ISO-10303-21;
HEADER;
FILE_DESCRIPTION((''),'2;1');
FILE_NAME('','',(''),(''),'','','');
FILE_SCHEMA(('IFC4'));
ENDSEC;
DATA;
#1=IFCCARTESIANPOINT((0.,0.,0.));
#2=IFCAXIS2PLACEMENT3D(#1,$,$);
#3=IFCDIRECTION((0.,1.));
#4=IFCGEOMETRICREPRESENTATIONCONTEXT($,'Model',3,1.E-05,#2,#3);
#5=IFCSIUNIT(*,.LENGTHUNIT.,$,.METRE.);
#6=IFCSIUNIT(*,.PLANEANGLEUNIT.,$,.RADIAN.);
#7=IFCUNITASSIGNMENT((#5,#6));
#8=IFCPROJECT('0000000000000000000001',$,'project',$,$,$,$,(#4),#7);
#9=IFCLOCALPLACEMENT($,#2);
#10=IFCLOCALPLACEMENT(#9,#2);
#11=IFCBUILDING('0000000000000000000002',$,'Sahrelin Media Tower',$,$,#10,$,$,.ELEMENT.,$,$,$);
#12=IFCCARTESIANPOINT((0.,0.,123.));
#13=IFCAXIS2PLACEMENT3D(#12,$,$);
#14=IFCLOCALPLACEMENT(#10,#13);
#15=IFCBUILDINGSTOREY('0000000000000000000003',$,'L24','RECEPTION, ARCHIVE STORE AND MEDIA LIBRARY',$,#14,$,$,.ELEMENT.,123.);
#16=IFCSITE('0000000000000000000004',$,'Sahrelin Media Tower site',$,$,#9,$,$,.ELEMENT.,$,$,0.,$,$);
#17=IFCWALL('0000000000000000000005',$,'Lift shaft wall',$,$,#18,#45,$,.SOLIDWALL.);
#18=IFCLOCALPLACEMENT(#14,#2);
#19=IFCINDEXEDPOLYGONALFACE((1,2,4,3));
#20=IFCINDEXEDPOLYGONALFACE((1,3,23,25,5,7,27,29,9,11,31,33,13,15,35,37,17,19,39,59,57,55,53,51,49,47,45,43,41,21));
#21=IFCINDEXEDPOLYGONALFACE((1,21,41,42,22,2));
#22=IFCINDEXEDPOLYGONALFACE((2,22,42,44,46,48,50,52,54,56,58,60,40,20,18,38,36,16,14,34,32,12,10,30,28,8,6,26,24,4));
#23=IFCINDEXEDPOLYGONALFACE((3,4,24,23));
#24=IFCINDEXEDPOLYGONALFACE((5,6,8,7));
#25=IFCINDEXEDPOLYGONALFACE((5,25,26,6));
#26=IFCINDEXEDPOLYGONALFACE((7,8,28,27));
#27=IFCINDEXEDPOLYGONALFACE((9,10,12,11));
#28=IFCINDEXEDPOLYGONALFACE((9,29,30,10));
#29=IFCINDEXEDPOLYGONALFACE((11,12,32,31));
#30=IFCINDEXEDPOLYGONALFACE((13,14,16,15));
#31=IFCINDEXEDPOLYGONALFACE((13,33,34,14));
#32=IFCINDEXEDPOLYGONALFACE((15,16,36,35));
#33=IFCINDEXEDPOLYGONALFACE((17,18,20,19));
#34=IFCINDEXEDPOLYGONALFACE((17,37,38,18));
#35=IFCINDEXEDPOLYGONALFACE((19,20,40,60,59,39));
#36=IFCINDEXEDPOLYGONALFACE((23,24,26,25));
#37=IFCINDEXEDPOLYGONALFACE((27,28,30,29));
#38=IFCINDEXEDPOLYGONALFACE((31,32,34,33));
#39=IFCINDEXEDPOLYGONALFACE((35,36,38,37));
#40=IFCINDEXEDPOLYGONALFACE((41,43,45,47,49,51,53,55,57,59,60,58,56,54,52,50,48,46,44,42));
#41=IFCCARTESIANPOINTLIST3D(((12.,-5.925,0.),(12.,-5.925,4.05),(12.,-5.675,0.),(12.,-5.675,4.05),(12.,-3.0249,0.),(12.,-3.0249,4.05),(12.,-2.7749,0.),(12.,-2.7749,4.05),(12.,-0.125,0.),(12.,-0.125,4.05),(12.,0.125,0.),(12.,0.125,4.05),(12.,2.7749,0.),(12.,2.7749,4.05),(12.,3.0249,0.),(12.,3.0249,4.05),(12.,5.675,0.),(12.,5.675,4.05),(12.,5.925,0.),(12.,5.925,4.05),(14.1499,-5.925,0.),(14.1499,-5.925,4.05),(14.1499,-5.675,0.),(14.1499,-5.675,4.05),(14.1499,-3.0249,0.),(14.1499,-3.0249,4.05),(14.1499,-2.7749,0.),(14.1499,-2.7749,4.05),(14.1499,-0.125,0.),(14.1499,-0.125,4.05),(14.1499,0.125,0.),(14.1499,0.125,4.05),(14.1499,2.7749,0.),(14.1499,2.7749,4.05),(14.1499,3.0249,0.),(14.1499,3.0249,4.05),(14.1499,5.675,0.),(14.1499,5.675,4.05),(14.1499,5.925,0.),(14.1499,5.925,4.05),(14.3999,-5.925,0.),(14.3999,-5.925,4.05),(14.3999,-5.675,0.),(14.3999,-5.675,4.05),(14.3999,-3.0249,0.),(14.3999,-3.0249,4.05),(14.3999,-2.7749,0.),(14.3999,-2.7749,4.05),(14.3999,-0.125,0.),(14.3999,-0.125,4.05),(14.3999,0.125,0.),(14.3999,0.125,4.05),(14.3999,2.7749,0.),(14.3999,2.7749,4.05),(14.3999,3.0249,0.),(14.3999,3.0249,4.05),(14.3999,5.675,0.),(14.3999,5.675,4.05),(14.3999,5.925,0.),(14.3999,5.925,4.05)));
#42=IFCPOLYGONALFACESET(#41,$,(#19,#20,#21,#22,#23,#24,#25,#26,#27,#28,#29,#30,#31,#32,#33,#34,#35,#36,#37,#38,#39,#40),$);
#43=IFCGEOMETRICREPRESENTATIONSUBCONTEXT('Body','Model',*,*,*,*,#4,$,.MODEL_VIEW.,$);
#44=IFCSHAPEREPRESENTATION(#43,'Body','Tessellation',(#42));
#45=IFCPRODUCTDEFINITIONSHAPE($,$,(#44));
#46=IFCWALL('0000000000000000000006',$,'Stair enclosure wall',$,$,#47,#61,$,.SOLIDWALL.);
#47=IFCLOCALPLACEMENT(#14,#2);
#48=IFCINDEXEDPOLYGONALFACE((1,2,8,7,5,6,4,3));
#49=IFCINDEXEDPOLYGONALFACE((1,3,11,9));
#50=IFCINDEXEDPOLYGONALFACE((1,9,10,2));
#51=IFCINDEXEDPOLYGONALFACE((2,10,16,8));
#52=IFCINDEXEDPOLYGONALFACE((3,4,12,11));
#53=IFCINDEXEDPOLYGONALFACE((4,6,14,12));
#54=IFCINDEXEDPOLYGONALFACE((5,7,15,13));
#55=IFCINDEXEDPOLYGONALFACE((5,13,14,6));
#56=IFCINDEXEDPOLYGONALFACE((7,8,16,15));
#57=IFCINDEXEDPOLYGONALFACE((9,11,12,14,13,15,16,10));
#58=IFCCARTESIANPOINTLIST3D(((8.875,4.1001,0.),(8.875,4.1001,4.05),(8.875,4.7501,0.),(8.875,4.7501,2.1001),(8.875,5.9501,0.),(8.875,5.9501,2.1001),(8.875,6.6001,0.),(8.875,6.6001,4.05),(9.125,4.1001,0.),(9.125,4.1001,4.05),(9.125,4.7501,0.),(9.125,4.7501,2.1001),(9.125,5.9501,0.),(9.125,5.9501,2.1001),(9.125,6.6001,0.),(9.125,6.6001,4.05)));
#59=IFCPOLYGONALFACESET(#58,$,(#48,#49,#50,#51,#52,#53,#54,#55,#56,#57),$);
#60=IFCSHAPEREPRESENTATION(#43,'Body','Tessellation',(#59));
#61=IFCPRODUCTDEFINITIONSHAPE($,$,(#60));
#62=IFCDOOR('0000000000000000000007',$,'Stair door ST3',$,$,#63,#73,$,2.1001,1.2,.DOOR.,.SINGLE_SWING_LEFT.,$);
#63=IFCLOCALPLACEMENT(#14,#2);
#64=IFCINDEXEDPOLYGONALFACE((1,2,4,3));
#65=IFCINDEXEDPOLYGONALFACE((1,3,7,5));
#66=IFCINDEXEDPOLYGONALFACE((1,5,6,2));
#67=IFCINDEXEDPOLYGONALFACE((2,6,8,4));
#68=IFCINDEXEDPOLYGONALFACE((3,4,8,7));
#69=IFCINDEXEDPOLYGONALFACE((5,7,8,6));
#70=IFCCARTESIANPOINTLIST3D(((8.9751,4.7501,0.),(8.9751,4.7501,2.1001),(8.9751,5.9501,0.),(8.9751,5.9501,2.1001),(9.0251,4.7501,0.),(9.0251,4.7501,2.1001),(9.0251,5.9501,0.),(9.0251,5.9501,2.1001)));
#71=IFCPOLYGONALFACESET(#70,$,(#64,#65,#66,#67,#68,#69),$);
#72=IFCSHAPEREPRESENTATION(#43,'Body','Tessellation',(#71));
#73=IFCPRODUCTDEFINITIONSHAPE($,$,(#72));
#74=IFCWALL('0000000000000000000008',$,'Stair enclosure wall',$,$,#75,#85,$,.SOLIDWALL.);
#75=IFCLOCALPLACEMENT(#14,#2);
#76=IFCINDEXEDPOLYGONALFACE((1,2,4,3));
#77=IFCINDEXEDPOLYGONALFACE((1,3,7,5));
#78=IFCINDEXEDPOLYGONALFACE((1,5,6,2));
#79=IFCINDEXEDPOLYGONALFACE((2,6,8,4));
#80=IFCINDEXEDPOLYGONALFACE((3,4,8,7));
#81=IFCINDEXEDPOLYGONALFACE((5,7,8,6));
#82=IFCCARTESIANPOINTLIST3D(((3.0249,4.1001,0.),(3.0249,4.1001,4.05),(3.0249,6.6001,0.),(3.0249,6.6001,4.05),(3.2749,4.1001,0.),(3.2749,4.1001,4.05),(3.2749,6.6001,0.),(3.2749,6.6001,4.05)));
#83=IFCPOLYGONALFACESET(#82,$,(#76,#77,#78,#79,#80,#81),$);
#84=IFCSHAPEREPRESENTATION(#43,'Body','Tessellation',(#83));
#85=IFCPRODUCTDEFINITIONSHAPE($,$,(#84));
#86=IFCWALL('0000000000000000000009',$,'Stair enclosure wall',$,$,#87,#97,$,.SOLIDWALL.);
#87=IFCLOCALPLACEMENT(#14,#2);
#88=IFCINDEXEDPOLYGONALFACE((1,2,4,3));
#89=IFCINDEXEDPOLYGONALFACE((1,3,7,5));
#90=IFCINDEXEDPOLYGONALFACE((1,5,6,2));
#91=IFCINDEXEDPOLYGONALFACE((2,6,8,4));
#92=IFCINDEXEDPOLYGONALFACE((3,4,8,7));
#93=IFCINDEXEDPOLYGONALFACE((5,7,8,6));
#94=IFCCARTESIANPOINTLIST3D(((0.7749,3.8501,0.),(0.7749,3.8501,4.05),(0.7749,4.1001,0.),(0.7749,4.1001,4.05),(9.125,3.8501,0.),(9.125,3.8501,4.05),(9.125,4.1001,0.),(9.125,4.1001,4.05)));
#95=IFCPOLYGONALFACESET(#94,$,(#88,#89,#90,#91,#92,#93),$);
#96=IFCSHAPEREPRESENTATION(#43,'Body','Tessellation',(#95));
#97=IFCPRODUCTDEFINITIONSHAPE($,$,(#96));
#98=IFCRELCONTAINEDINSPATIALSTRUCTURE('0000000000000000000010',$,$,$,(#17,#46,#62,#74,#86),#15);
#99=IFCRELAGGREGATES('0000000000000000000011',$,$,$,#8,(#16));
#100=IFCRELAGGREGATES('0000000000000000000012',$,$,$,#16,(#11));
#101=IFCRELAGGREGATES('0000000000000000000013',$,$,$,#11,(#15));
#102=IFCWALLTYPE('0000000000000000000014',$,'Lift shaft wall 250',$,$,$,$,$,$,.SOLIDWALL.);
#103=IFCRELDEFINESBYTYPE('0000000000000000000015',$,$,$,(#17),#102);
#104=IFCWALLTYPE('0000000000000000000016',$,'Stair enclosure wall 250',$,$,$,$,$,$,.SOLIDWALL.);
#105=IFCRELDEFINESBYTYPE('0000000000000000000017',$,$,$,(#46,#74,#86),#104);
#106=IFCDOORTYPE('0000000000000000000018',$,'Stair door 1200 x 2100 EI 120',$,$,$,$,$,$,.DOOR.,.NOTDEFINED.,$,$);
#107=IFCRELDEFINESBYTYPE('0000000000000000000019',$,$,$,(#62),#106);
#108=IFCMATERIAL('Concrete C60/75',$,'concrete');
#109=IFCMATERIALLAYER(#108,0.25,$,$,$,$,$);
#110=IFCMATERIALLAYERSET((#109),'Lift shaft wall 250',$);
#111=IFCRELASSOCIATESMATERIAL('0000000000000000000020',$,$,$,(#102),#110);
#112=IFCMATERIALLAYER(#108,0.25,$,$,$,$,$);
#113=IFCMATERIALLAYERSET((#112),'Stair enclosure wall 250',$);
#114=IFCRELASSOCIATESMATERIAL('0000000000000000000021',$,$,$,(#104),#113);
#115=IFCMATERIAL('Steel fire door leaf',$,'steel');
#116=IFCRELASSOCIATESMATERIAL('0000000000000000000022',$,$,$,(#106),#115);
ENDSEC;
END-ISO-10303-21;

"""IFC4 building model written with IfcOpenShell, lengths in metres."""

from ifc_helpers import new_model, si_unit, direction, frame, frame_2d, origin, place, context, subcontext, project, spatial, polyline, rectangle, outline, extrude, material, layer, layer_set, type_object, element, fill, save


model = new_model("IFC4")

# Units and contexts
model_context = context("Model", 3, precision=1e-05, world=origin(), true_north=direction((0.0, 1.0)))
body_context = subcontext(model_context, "Body", "Model", "MODEL_VIEW")
ifc_project = project(units=[si_unit("LENGTHUNIT", "METRE"), si_unit("PLANEANGLEUNIT", "RADIAN")], contexts=[model_context])

# Site, building, storey
site_placement = place(None, origin())
site = spatial("IfcSite", under=ifc_project, at=site_placement, Name="Sahrelin Media Tower site", CompositionType="ELEMENT", RefElevation=0.0)
building_placement = place(site_placement, origin())
building = spatial("IfcBuilding", under=site, at=building_placement, Name="Sahrelin Media Tower", CompositionType="ELEMENT")
storey_placement = place(building_placement, frame((0.0, 0.0, 123.0)))
storey = spatial("IfcBuildingStorey", under=building, at=storey_placement, Name="L24", Description="RECEPTION, ARCHIVE STORE AND MEDIA LIBRARY", CompositionType="ELEMENT", Elevation=123.0)

# Shared definitions
placement_1 = place(storey_placement, origin())

# Shared definitions
ifc_material_1 = material(Name="Steel fire door leaf", Category="steel")

# Wall
ifc_material_2 = material(Name="Concrete C60/75", Category="concrete")
ifc_layer_1 = layer(ifc_material_2, 0.25)
ifc_layer_set_1 = layer_set([ifc_layer_1], Name="Lift shaft wall 250")
wall_type_1 = type_object("IfcWallType", Name="Lift shaft wall 250", PredefinedType="SOLIDWALL", material=ifc_layer_set_1)
element("IfcWall", 1, at=placement_1, inside=storey, type_object=wall_type_1, Name="Lift shaft wall", PredefinedType="SOLIDWALL", context=body_context, shape_type="SweptSolid", body=[
    extrude(outline(polyline([(12.0, -5.675), (12.0, -5.925), (14.1499, -5.925), (14.3999, -5.925), (14.3999, -5.675), (14.3999, -3.0249), (14.3999, -2.7749), (14.3999, -0.125), (14.3999, 0.125), (14.3999, 2.7749), (14.3999, 3.0249), (14.3999, 5.675), (14.3999, 5.925), (14.1499, 5.925), (12.0, 5.925), (12.0, 5.675), (14.1499, 5.675), (14.1499, 3.0249), (12.0, 3.0249), (12.0, 2.7749), (14.1499, 2.7749), (14.1499, 0.125), (12.0, 0.125), (12.0, -0.125), (14.1499, -0.125), (14.1499, -2.7749), (12.0, -2.7749), (12.0, -3.0249), (14.1499, -3.0249), (14.1499, -5.675), (12.0, -5.675)])), origin(), (0.0, 0.0, 1.0), 4.05),
])

# Wall, opening, door
ifc_layer_2 = layer(ifc_material_2, 0.25)
ifc_layer_set_2 = layer_set([ifc_layer_2], Name="Stair enclosure wall 250")
wall_type_2 = type_object("IfcWallType", Name="Stair enclosure wall 250", PredefinedType="SOLIDWALL", material=ifc_layer_set_2)
wall_1_placement = place(storey_placement, frame((9.0, 4.1001, 0.0), z_axis=(0.0, 0.0, 1.0), x_axis=(0.0, 1.0, 0.0)))
wall_1 = element("IfcWall", 2, at=wall_1_placement, inside=storey, type_object=wall_type_2, Name="Stair enclosure wall", PredefinedType="SOLIDWALL", context=body_context, shape_type="SweptSolid", body=[
    extrude(rectangle(XDim=2.5, YDim=0.25, at=frame_2d((1.25, 0.0))), origin(), (0.0, 0.0, 1.0), 4.05),
])
opening_1_placement = place(wall_1_placement, frame((0.6499, 0.0, 0.0)))
opening_1 = element("IfcOpeningElement", 3, at=opening_1_placement, cuts=wall_1, PredefinedType="OPENING", context=body_context, shape_type="SweptSolid", body=[
    extrude(rectangle(XDim=1.2, YDim=2.1001, at=frame_2d((0.6001, 1.05))), frame((0.0, 0.125, 0.0), z_axis=(0.0, -1.0, 0.0), x_axis=(1.0, 0.0, 0.0)), (0.0, 0.0, 1.0), 0.25),
])
door_type_1 = type_object("IfcDoorType", Name="Stair door 1200 x 2100 EI 120", OperationType="NOTDEFINED", PredefinedType="DOOR", material=ifc_material_1)
door_1_placement = place(opening_1_placement, origin())
door_1 = element("IfcDoor", 4, at=door_1_placement, inside=storey, type_object=door_type_1, Name="Stair door ST3", OperationType="SINGLE_SWING_LEFT", OverallHeight=2.1001, OverallWidth=1.2, PredefinedType="DOOR", context=body_context, shape_type="SweptSolid", body=[
    extrude(rectangle(XDim=1.2, YDim=2.1001, at=frame_2d((0.6001, 1.05))), frame((0.0, 0.0249, 0.0), z_axis=(0.0, -1.0, 0.0), x_axis=(1.0, 0.0, 0.0)), (0.0, 0.0, 1.0), 0.05),
])
fill(opening_1, door_1)

# Walls
wall_2_placement = place(storey_placement, frame((3.1499, 4.1001, 0.0), z_axis=(0.0, 0.0, 1.0), x_axis=(0.0, 1.0, 0.0)))
element("IfcWall", 5, at=wall_2_placement, inside=storey, type_object=wall_type_2, Name="Stair enclosure wall", PredefinedType="SOLIDWALL", context=body_context, shape_type="SweptSolid", body=[
    extrude(rectangle(XDim=2.5, YDim=0.25, at=frame_2d((1.25, 0.0))), origin(), (0.0, 0.0, 1.0), 4.05),
])
wall_3_placement = place(storey_placement, frame((0.7749, 3.9751, 0.0), z_axis=(0.0, 0.0, 1.0), x_axis=(1.0, 0.0, 0.0)))
element("IfcWall", 6, at=wall_3_placement, inside=storey, type_object=wall_type_2, Name="Stair enclosure wall", PredefinedType="SOLIDWALL", context=body_context, shape_type="SweptSolid", body=[
    extrude(rectangle(XDim=8.3501, YDim=0.25, at=frame_2d((4.175, 0.0))), origin(), (0.0, 0.0, 1.0), 4.05),
])

save(model, "model.ifc")
